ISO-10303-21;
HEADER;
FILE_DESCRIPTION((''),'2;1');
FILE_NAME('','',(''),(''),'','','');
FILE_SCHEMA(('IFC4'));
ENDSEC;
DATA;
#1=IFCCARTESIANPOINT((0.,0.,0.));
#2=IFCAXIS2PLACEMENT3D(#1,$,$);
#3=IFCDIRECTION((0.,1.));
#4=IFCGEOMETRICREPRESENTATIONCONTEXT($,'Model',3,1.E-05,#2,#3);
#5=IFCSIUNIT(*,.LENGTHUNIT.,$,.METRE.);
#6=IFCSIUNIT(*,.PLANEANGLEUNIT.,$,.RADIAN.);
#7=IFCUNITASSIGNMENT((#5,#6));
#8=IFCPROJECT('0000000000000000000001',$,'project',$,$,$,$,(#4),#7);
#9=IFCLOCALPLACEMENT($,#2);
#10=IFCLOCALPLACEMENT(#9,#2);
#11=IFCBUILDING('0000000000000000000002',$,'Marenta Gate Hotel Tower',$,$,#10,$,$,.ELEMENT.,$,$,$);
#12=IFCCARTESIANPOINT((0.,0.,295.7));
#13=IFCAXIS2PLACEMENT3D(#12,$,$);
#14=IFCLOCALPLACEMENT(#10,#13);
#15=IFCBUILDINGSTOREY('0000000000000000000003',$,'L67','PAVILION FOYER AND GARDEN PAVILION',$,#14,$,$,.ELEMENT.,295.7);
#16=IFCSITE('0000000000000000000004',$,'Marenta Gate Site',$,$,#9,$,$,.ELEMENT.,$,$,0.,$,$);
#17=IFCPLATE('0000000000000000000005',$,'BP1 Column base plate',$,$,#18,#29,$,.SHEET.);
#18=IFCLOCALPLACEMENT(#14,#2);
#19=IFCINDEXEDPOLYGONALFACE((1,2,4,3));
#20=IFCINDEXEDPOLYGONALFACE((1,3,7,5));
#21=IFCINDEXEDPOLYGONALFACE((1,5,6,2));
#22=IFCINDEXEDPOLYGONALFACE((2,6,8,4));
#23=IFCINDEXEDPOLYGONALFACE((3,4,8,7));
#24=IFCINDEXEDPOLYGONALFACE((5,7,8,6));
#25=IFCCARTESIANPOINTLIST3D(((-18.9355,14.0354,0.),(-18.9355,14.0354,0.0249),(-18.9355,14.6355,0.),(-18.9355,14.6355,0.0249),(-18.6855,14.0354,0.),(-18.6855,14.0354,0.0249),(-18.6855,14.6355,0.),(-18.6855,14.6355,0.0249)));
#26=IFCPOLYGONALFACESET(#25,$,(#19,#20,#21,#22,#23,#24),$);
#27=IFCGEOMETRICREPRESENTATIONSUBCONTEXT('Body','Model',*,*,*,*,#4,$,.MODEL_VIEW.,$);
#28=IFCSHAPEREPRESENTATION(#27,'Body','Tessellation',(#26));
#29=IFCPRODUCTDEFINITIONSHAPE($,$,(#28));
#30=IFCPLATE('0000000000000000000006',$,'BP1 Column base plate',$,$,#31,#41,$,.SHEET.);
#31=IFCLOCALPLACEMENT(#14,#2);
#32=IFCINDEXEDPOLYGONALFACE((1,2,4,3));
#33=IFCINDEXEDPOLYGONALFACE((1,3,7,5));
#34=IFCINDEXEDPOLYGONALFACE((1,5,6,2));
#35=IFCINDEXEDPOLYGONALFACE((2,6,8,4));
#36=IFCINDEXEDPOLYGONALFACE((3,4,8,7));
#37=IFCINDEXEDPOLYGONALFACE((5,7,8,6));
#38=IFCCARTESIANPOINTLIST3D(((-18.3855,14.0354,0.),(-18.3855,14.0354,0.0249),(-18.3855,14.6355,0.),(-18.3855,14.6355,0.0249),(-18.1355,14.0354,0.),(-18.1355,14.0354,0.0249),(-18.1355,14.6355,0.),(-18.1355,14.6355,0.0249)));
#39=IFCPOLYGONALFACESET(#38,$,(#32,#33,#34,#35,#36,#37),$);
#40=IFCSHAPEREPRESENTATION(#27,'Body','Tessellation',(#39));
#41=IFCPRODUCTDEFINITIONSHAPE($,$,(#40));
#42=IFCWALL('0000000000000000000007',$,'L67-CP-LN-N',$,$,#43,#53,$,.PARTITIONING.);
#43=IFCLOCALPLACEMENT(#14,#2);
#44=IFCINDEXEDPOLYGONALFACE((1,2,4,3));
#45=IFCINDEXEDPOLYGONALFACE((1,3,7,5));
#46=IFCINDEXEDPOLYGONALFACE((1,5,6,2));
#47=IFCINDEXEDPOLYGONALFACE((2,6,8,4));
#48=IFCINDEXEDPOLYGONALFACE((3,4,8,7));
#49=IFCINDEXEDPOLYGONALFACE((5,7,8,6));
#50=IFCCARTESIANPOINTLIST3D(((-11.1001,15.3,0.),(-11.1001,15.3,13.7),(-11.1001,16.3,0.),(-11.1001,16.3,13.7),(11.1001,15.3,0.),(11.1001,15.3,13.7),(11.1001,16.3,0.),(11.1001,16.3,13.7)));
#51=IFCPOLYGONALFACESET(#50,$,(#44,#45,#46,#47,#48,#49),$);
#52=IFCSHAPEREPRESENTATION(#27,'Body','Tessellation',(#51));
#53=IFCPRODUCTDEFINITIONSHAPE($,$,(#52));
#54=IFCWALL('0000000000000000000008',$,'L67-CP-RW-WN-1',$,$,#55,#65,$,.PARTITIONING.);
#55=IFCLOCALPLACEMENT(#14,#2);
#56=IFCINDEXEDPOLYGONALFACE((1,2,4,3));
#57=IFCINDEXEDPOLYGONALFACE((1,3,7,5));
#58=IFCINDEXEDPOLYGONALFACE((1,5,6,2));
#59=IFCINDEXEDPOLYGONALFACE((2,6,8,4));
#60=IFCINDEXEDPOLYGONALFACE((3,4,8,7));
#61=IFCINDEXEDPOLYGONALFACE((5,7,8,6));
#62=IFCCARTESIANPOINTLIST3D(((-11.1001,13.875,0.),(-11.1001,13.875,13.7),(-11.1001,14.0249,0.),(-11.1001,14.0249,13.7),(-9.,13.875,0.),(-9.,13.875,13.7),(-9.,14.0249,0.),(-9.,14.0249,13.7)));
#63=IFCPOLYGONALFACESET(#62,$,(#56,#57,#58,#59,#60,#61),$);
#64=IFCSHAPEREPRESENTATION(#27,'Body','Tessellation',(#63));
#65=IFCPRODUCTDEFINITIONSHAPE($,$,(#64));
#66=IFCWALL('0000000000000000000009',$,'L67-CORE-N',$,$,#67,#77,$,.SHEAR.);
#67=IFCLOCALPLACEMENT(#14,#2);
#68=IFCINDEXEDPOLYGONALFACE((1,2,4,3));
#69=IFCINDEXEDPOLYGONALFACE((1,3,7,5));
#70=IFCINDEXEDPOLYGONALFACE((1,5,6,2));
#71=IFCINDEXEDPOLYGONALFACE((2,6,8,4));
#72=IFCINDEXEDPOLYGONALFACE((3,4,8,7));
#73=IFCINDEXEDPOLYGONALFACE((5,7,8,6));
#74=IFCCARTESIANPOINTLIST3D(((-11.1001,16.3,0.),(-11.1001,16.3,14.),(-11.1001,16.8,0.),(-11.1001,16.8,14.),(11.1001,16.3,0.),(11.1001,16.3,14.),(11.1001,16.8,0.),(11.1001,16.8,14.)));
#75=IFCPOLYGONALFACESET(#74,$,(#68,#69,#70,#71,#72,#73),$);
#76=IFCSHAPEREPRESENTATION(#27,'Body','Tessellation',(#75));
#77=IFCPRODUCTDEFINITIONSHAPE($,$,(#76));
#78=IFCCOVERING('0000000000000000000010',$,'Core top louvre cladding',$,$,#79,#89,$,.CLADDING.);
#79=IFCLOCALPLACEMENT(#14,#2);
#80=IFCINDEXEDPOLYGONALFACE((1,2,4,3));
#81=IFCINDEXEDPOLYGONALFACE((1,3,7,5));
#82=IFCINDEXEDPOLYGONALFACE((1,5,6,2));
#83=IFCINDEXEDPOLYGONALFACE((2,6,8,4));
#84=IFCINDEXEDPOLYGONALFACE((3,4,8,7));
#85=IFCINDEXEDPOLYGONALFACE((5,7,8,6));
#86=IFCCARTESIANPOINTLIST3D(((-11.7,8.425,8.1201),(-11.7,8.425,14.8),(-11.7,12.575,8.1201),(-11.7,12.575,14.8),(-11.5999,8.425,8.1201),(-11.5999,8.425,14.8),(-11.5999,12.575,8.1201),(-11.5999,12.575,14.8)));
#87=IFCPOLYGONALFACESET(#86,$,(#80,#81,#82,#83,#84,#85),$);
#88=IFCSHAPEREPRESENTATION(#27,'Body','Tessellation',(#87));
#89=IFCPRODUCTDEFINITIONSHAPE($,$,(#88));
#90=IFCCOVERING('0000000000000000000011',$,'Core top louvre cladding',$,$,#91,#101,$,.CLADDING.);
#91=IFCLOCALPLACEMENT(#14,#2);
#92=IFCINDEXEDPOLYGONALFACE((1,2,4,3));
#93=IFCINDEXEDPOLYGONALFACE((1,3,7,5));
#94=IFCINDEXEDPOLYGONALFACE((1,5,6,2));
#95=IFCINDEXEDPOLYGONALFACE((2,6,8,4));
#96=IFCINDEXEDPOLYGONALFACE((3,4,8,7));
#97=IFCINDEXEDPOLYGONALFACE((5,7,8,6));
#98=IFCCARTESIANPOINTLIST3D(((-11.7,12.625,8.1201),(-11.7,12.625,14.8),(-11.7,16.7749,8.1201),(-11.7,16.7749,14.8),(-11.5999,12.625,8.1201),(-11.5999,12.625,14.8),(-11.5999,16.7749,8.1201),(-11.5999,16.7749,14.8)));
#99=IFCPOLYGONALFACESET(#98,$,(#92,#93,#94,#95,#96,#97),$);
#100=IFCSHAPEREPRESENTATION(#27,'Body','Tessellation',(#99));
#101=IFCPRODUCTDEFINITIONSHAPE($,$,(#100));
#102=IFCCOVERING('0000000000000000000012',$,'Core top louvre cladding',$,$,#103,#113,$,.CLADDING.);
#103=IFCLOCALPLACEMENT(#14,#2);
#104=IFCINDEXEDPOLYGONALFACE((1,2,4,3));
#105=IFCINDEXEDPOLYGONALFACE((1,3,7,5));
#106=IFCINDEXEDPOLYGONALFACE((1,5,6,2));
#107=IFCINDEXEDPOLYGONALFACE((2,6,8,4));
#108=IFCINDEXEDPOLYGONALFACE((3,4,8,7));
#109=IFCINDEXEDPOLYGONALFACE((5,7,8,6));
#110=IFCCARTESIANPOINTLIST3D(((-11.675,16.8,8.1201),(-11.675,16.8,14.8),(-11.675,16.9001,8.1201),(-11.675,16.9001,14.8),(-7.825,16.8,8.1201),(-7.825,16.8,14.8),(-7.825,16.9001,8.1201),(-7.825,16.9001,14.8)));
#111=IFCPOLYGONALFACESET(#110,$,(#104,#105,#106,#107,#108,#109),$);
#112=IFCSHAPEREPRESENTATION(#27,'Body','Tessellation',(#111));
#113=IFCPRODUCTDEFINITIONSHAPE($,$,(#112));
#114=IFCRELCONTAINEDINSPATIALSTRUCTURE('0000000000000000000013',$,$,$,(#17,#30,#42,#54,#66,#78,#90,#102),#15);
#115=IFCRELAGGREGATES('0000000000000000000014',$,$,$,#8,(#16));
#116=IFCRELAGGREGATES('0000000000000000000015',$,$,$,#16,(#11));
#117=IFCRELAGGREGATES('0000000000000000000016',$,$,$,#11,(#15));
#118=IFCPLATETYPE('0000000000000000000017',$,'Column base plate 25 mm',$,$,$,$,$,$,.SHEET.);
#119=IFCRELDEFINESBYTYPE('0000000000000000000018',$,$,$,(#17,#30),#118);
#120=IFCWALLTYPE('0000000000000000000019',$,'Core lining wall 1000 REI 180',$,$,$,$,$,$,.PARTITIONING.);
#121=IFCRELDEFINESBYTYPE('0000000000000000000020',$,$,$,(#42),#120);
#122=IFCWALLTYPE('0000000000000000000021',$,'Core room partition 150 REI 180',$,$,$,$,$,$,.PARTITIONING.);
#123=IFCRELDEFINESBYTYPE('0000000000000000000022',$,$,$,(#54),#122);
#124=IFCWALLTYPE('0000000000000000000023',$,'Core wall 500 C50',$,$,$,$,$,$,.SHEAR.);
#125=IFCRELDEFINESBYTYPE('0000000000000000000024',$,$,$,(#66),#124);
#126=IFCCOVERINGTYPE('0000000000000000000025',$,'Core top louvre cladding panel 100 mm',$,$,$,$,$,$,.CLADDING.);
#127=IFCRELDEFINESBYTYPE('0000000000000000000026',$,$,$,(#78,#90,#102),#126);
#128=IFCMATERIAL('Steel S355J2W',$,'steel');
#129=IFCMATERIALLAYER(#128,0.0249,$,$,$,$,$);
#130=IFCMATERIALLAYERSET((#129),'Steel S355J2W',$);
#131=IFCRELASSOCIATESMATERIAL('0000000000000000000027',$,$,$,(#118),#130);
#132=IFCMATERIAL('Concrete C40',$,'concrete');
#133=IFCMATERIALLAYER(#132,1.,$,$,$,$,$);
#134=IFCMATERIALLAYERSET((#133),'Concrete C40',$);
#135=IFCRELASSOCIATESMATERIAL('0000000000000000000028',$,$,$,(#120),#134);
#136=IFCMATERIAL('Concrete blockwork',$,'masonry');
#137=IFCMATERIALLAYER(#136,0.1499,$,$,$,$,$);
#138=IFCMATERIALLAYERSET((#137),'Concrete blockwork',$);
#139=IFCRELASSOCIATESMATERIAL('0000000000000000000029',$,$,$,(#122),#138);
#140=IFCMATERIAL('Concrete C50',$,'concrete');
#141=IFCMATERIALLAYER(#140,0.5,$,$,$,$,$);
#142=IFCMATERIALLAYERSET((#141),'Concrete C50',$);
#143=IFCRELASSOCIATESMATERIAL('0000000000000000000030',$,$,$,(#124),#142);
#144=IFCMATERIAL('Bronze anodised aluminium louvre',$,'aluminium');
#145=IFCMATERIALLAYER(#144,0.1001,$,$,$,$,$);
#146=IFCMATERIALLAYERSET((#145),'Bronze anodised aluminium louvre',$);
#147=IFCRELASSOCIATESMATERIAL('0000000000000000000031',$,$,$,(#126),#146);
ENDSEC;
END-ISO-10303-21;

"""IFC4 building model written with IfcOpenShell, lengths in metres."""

from ifc_helpers import new_model, si_unit, direction, frame, frame_2d, origin, origin_2d, place, context, subcontext, project, spatial, rectangle, extrude, material, layer, layer_set, type_object, element, save


model = new_model("IFC4")

# Units and contexts
model_context = context("Model", 3, precision=1e-05, world=origin(), true_north=direction((0.0, 1.0)))
body_context = subcontext(model_context, "Body", "Model", "MODEL_VIEW")
ifc_project = project(units=[si_unit("LENGTHUNIT", "METRE"), si_unit("PLANEANGLEUNIT", "RADIAN")], contexts=[model_context])

# Site, building, storey
site_placement = place(None, origin())
site = spatial("IfcSite", under=ifc_project, at=site_placement, Name="Marenta Gate Site", CompositionType="ELEMENT", RefElevation=0.0)
building_placement = place(site_placement, origin())
building = spatial("IfcBuilding", under=site, at=building_placement, Name="Marenta Gate Hotel Tower", CompositionType="ELEMENT")
storey_placement = place(building_placement, frame((0.0, 0.0, 295.7)))
storey = spatial("IfcBuildingStorey", under=building, at=storey_placement, Name="L67", Description="PAVILION FOYER AND GARDEN PAVILION", CompositionType="ELEMENT", Elevation=295.7)

# Plates
ifc_material_1 = material(Name="Steel S355J2W", Category="steel")
ifc_layer_1 = layer(ifc_material_1, 0.0249)
ifc_layer_set_1 = layer_set([ifc_layer_1], Name="Steel S355J2W")
plate_type = type_object("IfcPlateType", Name="Column base plate 25 mm", PredefinedType="SHEET", material=ifc_layer_set_1)
for number, where, z_axis, x_axis, name in (
    (1, (-18.8105, 14.3354, 0.0), (0.0, 0.0, 1.0), (1.0, 0.0, 0.0), "BP1 Column base plate"),
    (2, (-18.2605, 14.3354, 0.0), (0.0, 0.0, 1.0), (1.0, 0.0, 0.0), "BP1 Column base plate"),
):
    element("IfcPlate", number, at=place(storey_placement, frame(where, z_axis=z_axis, x_axis=x_axis)), inside=storey, type_object=plate_type, Name=name, PredefinedType="SHEET", context=body_context, shape_type="SweptSolid", body=[
        extrude(rectangle(XDim=0.25, YDim=0.6001, at=origin_2d()), origin(), (0.0, 0.0, 1.0), 0.0249),
    ])

# Walls
ifc_material_2 = material(Name="Concrete C40", Category="concrete")
ifc_layer_2 = layer(ifc_material_2, 1.0)
ifc_layer_set_2 = layer_set([ifc_layer_2], Name="Concrete C40")
wall_type_1 = type_object("IfcWallType", Name="Core lining wall 1000 REI 180", PredefinedType="PARTITIONING", material=ifc_layer_set_2)
wall_1_placement = place(storey_placement, frame((-11.1001, 15.8, 0.0), z_axis=(0.0, 0.0, 1.0), x_axis=(1.0, 0.0, 0.0)))
element("IfcWall", 3, at=wall_1_placement, inside=storey, type_object=wall_type_1, Name="L67-CP-LN-N", PredefinedType="PARTITIONING", context=body_context, shape_type="SweptSolid", body=[
    extrude(rectangle(XDim=22.2002, YDim=1.0, at=frame_2d((11.1001, 0.0))), origin(), (0.0, 0.0, 1.0), 13.7),
])
ifc_material_3 = material(Name="Concrete blockwork", Category="masonry")
ifc_layer_3 = layer(ifc_material_3, 0.1499)
ifc_layer_set_3 = layer_set([ifc_layer_3], Name="Concrete blockwork")
wall_type_2 = type_object("IfcWallType", Name="Core room partition 150 REI 180", PredefinedType="PARTITIONING", material=ifc_layer_set_3)
wall_2_placement = place(storey_placement, frame((-11.1001, 13.95, 0.0), z_axis=(0.0, 0.0, 1.0), x_axis=(1.0, 0.0, 0.0)))
element("IfcWall", 4, at=wall_2_placement, inside=storey, type_object=wall_type_2, Name="L67-CP-RW-WN-1", PredefinedType="PARTITIONING", context=body_context, shape_type="SweptSolid", body=[
    extrude(rectangle(XDim=2.1001, YDim=0.1499, at=frame_2d((1.05, 0.0))), origin(), (0.0, 0.0, 1.0), 13.7),
])
ifc_material_4 = material(Name="Concrete C50", Category="concrete")
ifc_layer_4 = layer(ifc_material_4, 0.5)
ifc_layer_set_4 = layer_set([ifc_layer_4], Name="Concrete C50")
wall_type_3 = type_object("IfcWallType", Name="Core wall 500 C50", PredefinedType="SHEAR", material=ifc_layer_set_4)
wall_3_placement = place(storey_placement, frame((-11.1001, 16.55, 0.0), z_axis=(0.0, 0.0, 1.0), x_axis=(1.0, 0.0, 0.0)))
element("IfcWall", 5, at=wall_3_placement, inside=storey, type_object=wall_type_3, Name="L67-CORE-N", PredefinedType="SHEAR", context=body_context, shape_type="SweptSolid", body=[
    extrude(rectangle(XDim=22.2002, YDim=0.5, at=frame_2d((11.1001, 0.0))), origin(), (0.0, 0.0, 1.0), 14.0),
])

# Coverings
ifc_material_5 = material(Name="Bronze anodised aluminium louvre", Category="aluminium")
ifc_layer_5 = layer(ifc_material_5, 0.1001)
ifc_layer_set_5 = layer_set([ifc_layer_5], Name="Bronze anodised aluminium louvre")
covering_type = type_object("IfcCoveringType", Name="Core top louvre cladding panel 100 mm", PredefinedType="CLADDING", material=ifc_layer_set_5)
for number, where, z_axis, x_axis, name in (
    (6, (-11.6499, 10.5, 8.1201), (0.0, 0.0, 1.0), (1.0, 0.0, 0.0), "Core top louvre cladding"),
    (7, (-11.6499, 14.7, 8.1201), (0.0, 0.0, 1.0), (1.0, 0.0, 0.0), "Core top louvre cladding"),
):
    element("IfcCovering", number, at=place(storey_placement, frame(where, z_axis=z_axis, x_axis=x_axis)), inside=storey, type_object=covering_type, Name=name, PredefinedType="CLADDING", context=body_context, shape_type="SweptSolid", body=[
        extrude(rectangle(XDim=0.1001, YDim=4.1499, at=origin_2d()), origin(), (0.0, 0.0, 1.0), 6.6799),
    ])
covering_placement = place(storey_placement, frame((-9.75, 16.8501, 8.1201), z_axis=(0.0, 0.0, 1.0), x_axis=(1.0, 0.0, 0.0)))
element("IfcCovering", 8, at=covering_placement, inside=storey, type_object=covering_type, Name="Core top louvre cladding", PredefinedType="CLADDING", context=body_context, shape_type="SweptSolid", body=[
    extrude(rectangle(XDim=3.8501, YDim=0.1001, at=origin_2d()), origin(), (0.0, 0.0, 1.0), 6.6799),
])

save(model, "model.ifc")
